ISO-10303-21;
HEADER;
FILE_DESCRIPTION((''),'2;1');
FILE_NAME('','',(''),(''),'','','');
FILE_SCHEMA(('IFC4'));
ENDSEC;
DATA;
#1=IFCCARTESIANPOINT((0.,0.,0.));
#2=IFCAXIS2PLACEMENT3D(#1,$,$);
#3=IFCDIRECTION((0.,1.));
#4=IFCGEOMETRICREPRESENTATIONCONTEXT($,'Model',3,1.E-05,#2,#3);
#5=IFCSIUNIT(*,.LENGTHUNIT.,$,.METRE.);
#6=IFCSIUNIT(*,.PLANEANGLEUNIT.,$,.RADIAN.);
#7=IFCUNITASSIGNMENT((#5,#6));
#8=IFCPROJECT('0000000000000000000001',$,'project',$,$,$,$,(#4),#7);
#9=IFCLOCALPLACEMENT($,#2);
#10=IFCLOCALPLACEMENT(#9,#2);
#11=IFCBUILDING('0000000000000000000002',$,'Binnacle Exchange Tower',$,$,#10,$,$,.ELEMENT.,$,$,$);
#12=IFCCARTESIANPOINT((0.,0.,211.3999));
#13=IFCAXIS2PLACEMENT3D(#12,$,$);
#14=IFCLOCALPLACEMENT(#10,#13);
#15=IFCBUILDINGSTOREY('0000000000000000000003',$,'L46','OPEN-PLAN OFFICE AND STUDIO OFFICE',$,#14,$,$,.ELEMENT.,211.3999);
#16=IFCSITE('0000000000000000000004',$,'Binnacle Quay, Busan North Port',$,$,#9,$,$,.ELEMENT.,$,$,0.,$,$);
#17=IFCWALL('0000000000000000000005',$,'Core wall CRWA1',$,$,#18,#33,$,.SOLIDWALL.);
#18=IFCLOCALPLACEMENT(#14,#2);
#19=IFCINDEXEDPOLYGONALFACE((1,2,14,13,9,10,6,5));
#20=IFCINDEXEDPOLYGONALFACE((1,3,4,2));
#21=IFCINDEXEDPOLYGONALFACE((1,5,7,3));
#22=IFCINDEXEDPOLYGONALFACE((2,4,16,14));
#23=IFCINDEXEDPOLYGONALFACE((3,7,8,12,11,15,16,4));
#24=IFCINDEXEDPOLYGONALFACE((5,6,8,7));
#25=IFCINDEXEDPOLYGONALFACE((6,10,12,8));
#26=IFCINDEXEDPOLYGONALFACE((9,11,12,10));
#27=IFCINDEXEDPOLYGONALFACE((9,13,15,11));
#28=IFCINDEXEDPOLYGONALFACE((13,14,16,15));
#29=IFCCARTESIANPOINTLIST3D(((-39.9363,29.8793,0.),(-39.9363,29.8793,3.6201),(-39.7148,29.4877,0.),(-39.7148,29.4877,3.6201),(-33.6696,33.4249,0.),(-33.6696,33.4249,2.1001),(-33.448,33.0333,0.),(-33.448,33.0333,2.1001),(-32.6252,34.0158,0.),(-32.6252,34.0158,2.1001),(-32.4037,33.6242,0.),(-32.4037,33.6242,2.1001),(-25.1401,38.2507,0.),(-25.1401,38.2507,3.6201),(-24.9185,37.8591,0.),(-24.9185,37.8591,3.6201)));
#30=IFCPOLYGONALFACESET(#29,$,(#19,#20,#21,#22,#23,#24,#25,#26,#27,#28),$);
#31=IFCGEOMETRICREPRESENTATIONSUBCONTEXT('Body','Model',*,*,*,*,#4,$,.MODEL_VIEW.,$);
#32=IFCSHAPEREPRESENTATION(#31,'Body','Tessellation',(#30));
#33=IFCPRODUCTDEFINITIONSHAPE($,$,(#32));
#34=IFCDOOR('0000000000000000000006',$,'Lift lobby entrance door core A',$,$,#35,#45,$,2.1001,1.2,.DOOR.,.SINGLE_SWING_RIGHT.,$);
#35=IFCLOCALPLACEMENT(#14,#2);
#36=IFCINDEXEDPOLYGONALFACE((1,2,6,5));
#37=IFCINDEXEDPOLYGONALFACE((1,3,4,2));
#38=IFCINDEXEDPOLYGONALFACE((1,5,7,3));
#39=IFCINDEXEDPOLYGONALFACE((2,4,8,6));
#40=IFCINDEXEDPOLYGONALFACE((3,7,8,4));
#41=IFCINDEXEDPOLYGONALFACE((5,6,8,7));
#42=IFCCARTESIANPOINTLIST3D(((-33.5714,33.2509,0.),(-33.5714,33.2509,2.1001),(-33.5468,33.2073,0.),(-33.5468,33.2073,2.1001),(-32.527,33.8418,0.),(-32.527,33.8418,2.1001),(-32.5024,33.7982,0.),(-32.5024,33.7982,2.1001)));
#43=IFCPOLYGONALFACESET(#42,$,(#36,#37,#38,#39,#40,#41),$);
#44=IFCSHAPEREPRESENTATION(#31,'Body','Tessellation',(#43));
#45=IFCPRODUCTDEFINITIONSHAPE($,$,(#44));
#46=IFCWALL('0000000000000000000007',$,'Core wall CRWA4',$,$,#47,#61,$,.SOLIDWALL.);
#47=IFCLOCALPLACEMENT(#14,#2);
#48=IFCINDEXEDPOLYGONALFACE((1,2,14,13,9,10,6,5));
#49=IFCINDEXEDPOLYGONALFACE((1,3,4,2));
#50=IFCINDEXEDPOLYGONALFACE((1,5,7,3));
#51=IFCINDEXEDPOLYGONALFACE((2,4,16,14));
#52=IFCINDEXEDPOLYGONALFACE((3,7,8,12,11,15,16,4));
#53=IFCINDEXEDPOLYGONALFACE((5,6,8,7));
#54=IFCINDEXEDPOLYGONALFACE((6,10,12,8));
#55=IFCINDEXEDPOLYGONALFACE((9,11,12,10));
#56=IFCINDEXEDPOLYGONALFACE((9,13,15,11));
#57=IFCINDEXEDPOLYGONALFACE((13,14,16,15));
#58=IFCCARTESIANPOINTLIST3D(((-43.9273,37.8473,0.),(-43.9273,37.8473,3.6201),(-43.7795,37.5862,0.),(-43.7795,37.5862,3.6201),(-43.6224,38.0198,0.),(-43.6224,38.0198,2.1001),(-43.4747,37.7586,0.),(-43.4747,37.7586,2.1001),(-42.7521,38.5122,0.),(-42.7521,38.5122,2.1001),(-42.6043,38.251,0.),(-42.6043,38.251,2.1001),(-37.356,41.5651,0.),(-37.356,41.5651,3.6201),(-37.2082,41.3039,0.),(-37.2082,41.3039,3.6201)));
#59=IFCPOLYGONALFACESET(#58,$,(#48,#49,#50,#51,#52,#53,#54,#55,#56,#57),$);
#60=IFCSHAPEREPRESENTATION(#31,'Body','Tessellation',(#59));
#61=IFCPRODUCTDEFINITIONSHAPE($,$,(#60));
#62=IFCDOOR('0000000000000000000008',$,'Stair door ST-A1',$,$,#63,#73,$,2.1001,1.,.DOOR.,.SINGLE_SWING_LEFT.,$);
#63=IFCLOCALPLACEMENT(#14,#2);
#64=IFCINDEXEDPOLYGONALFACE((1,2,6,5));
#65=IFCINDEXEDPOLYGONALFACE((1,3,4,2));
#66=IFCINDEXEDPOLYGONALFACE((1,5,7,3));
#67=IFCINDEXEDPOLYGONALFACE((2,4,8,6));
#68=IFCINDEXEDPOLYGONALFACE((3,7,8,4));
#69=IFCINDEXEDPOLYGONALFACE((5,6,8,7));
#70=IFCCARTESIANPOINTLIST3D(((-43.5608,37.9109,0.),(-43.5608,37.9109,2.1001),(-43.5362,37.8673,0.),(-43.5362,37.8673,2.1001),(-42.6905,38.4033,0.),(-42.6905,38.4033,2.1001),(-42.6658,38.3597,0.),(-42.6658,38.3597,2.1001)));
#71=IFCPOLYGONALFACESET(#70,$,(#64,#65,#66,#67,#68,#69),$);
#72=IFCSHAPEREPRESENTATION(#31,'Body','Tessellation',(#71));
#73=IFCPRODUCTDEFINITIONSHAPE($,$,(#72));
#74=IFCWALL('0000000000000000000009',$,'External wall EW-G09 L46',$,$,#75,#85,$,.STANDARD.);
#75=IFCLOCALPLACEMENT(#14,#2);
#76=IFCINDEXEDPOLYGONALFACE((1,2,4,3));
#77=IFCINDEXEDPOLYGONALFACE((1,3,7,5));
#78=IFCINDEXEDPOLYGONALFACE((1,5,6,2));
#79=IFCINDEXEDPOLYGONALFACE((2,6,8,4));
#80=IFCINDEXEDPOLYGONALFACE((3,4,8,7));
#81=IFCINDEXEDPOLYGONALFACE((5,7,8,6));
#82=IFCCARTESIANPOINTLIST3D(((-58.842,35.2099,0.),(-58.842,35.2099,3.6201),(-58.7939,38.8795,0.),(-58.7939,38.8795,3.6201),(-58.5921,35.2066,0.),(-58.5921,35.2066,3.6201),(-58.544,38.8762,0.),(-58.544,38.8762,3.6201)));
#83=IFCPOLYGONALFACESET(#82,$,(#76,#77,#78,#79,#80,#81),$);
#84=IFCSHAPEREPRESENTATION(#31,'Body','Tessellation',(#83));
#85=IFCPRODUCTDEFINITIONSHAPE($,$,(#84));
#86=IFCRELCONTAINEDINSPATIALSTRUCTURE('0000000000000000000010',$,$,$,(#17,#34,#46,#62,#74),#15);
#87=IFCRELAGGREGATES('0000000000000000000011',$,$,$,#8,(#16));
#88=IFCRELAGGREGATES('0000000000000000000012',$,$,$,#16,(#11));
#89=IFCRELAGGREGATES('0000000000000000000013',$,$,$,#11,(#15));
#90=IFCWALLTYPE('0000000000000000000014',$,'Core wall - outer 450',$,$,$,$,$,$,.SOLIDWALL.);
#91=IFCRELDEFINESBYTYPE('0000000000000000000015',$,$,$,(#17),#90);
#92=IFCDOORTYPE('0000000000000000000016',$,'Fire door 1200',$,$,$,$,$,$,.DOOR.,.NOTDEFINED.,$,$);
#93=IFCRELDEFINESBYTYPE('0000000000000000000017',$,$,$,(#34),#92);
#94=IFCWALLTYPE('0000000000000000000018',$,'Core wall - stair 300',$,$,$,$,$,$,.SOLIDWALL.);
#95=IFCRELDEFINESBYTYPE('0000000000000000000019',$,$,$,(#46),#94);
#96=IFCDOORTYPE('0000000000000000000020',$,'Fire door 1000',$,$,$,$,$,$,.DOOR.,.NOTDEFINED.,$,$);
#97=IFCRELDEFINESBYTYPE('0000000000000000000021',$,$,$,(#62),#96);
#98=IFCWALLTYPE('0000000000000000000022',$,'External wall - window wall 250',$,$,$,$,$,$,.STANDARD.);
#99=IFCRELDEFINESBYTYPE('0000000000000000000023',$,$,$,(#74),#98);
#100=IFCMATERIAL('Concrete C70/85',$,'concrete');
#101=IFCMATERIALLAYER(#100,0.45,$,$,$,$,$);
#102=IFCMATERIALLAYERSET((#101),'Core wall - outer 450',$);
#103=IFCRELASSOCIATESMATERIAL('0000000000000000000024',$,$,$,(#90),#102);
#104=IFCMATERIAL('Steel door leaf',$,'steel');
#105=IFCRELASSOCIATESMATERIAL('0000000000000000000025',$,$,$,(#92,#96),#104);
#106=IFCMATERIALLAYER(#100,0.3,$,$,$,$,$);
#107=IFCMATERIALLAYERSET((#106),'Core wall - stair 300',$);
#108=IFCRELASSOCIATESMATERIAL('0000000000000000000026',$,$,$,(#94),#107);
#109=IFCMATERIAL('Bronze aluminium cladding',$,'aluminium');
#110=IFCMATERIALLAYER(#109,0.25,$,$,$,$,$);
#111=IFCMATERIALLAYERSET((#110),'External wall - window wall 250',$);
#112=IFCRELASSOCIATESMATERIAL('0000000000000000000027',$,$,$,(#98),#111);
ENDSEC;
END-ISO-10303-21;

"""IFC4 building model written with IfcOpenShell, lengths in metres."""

from ifc_helpers import new_model, si_unit, direction, frame, frame_2d, origin, place, context, subcontext, project, spatial, rectangle, extrude, material, layer, layer_set, type_object, element, fill, save


model = new_model("IFC4")

# Units and contexts
model_context = context("Model", 3, precision=1e-05, world=origin(), true_north=direction((0.0, 1.0)))
body_context = subcontext(model_context, "Body", "Model", "MODEL_VIEW")
ifc_project = project(units=[si_unit("LENGTHUNIT", "METRE"), si_unit("PLANEANGLEUNIT", "RADIAN")], contexts=[model_context])

# Site, building, storey
site_placement = place(None, origin())
site = spatial("IfcSite", under=ifc_project, at=site_placement, Name="Binnacle Quay, Busan North Port", CompositionType="ELEMENT", RefElevation=0.0)
building_placement = place(site_placement, origin())
building = spatial("IfcBuilding", under=site, at=building_placement, Name="Binnacle Exchange Tower", CompositionType="ELEMENT")
storey_placement = place(building_placement, frame((0.0, 0.0, 211.3999)))
storey = spatial("IfcBuildingStorey", under=building, at=storey_placement, Name="L46", Description="OPEN-PLAN OFFICE AND STUDIO OFFICE", CompositionType="ELEMENT", Elevation=211.3999)

# Shared definitions
ifc_material_1 = material(Name="Concrete C70/85", Category="concrete")
ifc_material_2 = material(Name="Steel door leaf", Category="steel")

# Walls, openings, doors
ifc_layer_1 = layer(ifc_material_1, 0.45)
ifc_layer_set_1 = layer_set([ifc_layer_1], Name="Core wall - outer 450")
wall_type_1 = type_object("IfcWallType", Name="Core wall - outer 450", PredefinedType="SOLIDWALL", material=ifc_layer_set_1)
wall_1_placement = place(storey_placement, frame((-39.8254, 29.6836, 0.0), z_axis=(0.0, 0.0, 1.0), x_axis=(0.870354, 0.492427, 0.0)))
wall_1 = element("IfcWall", 1, at=wall_1_placement, inside=storey, type_object=wall_type_1, Name="Core wall CRWA1", PredefinedType="SOLIDWALL", context=body_context, shape_type="SweptSolid", body=[
    extrude(rectangle(XDim=17.0002, YDim=0.45, at=frame_2d((8.5, 0.0))), origin(), (0.0, 0.0, 1.0), 3.6201),
])
opening_1_placement = place(wall_1_placement, frame((7.2, 0.0, 0.0)))
opening_1 = element("IfcOpeningElement", 2, at=opening_1_placement, cuts=wall_1, PredefinedType="OPENING", context=body_context, shape_type="SweptSolid", body=[
    extrude(rectangle(XDim=1.2, YDim=2.1001, at=frame_2d((0.6001, 1.05))), frame((0.0, 0.2349, 0.0), z_axis=(0.0, -1.0, 0.0), x_axis=(1.0, 0.0, 0.0)), (0.0, 0.0, 1.0), 0.47),
])
door_type_1 = type_object("IfcDoorType", Name="Fire door 1200", OperationType="NOTDEFINED", PredefinedType="DOOR", material=ifc_material_2)
door_1_placement = place(opening_1_placement, frame((1.2, 0.0, 0.0), z_axis=(0.0, 0.0, 1.0), x_axis=(-1.0, 0.0, 0.0)))
door_1 = element("IfcDoor", 3, at=door_1_placement, inside=storey, type_object=door_type_1, Name="Lift lobby entrance door core A", OperationType="SINGLE_SWING_RIGHT", OverallHeight=2.1001, OverallWidth=1.2, PredefinedType="DOOR", context=body_context, shape_type="SweptSolid", body=[
    extrude(rectangle(XDim=1.2, YDim=2.1001, at=frame_2d((0.6001, 1.05))), frame((0.0, 0.0249, 0.0), z_axis=(0.0, -1.0, 0.0), x_axis=(1.0, 0.0, 0.0)), (0.0, 0.0, 1.0), 0.05),
])
fill(opening_1, door_1)
ifc_layer_2 = layer(ifc_material_1, 0.3)
ifc_layer_set_2 = layer_set([ifc_layer_2], Name="Core wall - stair 300")
wall_type_2 = type_object("IfcWallType", Name="Core wall - stair 300", PredefinedType="SOLIDWALL", material=ifc_layer_set_2)
wall_2_placement = place(storey_placement, frame((-43.8533, 37.7168, 0.0), z_axis=(0.0, 0.0, 1.0), x_axis=(0.87036, 0.492415, 0.0)))
wall_2 = element("IfcWall", 4, at=wall_2_placement, inside=storey, type_object=wall_type_2, Name="Core wall CRWA4", PredefinedType="SOLIDWALL", context=body_context, shape_type="SweptSolid", body=[
    extrude(rectangle(XDim=7.55, YDim=0.3, at=frame_2d((3.7749, 0.0))), origin(), (0.0, 0.0, 1.0), 3.6201),
])
opening_2_placement = place(wall_2_placement, frame((0.3501, 0.0, 0.0)))
opening_2 = element("IfcOpeningElement", 5, at=opening_2_placement, cuts=wall_2, PredefinedType="OPENING", context=body_context, shape_type="SweptSolid", body=[
    extrude(rectangle(XDim=1.0, YDim=2.1001, at=frame_2d((0.5, 1.05))), frame((0.0, 0.1599, 0.0), z_axis=(0.0, -1.0, 0.0), x_axis=(1.0, 0.0, 0.0)), (0.0, 0.0, 1.0), 0.3201),
])
door_type_2 = type_object("IfcDoorType", Name="Fire door 1000", OperationType="NOTDEFINED", PredefinedType="DOOR", material=ifc_material_2)
door_2_placement = place(opening_2_placement, origin())
door_2 = element("IfcDoor", 6, at=door_2_placement, inside=storey, type_object=door_type_2, Name="Stair door ST-A1", OperationType="SINGLE_SWING_LEFT", OverallHeight=2.1001, OverallWidth=1.0, PredefinedType="DOOR", context=body_context, shape_type="SweptSolid", body=[
    extrude(rectangle(XDim=1.0, YDim=2.1001, at=frame_2d((0.5, 1.05))), frame((0.0, 0.0249, 0.0), z_axis=(0.0, -1.0, 0.0), x_axis=(1.0, 0.0, 0.0)), (0.0, 0.0, 1.0), 0.05),
])
fill(opening_2, door_2)

# Wall
ifc_material_3 = material(Name="Bronze aluminium cladding", Category="aluminium")
ifc_layer_3 = layer(ifc_material_3, 0.25)
ifc_layer_set_3 = layer_set([ifc_layer_3], Name="External wall - window wall 250")
wall_type_3 = type_object("IfcWallType", Name="External wall - window wall 250", PredefinedType="STANDARD", material=ifc_layer_set_3)
wall_3_placement = place(storey_placement, frame((-58.717, 35.2083, 0.0), z_axis=(0.0, 0.0, 1.0), x_axis=(0.013105, 0.999914, 0.0)))
element("IfcWall", 7, at=wall_3_placement, inside=storey, type_object=wall_type_3, Name="External wall EW-G09 L46", PredefinedType="STANDARD", context=body_context, shape_type="SweptSolid", body=[
    extrude(rectangle(XDim=3.6699, YDim=0.25, at=frame_2d((1.835, 0.0))), origin(), (0.0, 0.0, 1.0), 3.6201),
])

save(model, "model.ifc")
